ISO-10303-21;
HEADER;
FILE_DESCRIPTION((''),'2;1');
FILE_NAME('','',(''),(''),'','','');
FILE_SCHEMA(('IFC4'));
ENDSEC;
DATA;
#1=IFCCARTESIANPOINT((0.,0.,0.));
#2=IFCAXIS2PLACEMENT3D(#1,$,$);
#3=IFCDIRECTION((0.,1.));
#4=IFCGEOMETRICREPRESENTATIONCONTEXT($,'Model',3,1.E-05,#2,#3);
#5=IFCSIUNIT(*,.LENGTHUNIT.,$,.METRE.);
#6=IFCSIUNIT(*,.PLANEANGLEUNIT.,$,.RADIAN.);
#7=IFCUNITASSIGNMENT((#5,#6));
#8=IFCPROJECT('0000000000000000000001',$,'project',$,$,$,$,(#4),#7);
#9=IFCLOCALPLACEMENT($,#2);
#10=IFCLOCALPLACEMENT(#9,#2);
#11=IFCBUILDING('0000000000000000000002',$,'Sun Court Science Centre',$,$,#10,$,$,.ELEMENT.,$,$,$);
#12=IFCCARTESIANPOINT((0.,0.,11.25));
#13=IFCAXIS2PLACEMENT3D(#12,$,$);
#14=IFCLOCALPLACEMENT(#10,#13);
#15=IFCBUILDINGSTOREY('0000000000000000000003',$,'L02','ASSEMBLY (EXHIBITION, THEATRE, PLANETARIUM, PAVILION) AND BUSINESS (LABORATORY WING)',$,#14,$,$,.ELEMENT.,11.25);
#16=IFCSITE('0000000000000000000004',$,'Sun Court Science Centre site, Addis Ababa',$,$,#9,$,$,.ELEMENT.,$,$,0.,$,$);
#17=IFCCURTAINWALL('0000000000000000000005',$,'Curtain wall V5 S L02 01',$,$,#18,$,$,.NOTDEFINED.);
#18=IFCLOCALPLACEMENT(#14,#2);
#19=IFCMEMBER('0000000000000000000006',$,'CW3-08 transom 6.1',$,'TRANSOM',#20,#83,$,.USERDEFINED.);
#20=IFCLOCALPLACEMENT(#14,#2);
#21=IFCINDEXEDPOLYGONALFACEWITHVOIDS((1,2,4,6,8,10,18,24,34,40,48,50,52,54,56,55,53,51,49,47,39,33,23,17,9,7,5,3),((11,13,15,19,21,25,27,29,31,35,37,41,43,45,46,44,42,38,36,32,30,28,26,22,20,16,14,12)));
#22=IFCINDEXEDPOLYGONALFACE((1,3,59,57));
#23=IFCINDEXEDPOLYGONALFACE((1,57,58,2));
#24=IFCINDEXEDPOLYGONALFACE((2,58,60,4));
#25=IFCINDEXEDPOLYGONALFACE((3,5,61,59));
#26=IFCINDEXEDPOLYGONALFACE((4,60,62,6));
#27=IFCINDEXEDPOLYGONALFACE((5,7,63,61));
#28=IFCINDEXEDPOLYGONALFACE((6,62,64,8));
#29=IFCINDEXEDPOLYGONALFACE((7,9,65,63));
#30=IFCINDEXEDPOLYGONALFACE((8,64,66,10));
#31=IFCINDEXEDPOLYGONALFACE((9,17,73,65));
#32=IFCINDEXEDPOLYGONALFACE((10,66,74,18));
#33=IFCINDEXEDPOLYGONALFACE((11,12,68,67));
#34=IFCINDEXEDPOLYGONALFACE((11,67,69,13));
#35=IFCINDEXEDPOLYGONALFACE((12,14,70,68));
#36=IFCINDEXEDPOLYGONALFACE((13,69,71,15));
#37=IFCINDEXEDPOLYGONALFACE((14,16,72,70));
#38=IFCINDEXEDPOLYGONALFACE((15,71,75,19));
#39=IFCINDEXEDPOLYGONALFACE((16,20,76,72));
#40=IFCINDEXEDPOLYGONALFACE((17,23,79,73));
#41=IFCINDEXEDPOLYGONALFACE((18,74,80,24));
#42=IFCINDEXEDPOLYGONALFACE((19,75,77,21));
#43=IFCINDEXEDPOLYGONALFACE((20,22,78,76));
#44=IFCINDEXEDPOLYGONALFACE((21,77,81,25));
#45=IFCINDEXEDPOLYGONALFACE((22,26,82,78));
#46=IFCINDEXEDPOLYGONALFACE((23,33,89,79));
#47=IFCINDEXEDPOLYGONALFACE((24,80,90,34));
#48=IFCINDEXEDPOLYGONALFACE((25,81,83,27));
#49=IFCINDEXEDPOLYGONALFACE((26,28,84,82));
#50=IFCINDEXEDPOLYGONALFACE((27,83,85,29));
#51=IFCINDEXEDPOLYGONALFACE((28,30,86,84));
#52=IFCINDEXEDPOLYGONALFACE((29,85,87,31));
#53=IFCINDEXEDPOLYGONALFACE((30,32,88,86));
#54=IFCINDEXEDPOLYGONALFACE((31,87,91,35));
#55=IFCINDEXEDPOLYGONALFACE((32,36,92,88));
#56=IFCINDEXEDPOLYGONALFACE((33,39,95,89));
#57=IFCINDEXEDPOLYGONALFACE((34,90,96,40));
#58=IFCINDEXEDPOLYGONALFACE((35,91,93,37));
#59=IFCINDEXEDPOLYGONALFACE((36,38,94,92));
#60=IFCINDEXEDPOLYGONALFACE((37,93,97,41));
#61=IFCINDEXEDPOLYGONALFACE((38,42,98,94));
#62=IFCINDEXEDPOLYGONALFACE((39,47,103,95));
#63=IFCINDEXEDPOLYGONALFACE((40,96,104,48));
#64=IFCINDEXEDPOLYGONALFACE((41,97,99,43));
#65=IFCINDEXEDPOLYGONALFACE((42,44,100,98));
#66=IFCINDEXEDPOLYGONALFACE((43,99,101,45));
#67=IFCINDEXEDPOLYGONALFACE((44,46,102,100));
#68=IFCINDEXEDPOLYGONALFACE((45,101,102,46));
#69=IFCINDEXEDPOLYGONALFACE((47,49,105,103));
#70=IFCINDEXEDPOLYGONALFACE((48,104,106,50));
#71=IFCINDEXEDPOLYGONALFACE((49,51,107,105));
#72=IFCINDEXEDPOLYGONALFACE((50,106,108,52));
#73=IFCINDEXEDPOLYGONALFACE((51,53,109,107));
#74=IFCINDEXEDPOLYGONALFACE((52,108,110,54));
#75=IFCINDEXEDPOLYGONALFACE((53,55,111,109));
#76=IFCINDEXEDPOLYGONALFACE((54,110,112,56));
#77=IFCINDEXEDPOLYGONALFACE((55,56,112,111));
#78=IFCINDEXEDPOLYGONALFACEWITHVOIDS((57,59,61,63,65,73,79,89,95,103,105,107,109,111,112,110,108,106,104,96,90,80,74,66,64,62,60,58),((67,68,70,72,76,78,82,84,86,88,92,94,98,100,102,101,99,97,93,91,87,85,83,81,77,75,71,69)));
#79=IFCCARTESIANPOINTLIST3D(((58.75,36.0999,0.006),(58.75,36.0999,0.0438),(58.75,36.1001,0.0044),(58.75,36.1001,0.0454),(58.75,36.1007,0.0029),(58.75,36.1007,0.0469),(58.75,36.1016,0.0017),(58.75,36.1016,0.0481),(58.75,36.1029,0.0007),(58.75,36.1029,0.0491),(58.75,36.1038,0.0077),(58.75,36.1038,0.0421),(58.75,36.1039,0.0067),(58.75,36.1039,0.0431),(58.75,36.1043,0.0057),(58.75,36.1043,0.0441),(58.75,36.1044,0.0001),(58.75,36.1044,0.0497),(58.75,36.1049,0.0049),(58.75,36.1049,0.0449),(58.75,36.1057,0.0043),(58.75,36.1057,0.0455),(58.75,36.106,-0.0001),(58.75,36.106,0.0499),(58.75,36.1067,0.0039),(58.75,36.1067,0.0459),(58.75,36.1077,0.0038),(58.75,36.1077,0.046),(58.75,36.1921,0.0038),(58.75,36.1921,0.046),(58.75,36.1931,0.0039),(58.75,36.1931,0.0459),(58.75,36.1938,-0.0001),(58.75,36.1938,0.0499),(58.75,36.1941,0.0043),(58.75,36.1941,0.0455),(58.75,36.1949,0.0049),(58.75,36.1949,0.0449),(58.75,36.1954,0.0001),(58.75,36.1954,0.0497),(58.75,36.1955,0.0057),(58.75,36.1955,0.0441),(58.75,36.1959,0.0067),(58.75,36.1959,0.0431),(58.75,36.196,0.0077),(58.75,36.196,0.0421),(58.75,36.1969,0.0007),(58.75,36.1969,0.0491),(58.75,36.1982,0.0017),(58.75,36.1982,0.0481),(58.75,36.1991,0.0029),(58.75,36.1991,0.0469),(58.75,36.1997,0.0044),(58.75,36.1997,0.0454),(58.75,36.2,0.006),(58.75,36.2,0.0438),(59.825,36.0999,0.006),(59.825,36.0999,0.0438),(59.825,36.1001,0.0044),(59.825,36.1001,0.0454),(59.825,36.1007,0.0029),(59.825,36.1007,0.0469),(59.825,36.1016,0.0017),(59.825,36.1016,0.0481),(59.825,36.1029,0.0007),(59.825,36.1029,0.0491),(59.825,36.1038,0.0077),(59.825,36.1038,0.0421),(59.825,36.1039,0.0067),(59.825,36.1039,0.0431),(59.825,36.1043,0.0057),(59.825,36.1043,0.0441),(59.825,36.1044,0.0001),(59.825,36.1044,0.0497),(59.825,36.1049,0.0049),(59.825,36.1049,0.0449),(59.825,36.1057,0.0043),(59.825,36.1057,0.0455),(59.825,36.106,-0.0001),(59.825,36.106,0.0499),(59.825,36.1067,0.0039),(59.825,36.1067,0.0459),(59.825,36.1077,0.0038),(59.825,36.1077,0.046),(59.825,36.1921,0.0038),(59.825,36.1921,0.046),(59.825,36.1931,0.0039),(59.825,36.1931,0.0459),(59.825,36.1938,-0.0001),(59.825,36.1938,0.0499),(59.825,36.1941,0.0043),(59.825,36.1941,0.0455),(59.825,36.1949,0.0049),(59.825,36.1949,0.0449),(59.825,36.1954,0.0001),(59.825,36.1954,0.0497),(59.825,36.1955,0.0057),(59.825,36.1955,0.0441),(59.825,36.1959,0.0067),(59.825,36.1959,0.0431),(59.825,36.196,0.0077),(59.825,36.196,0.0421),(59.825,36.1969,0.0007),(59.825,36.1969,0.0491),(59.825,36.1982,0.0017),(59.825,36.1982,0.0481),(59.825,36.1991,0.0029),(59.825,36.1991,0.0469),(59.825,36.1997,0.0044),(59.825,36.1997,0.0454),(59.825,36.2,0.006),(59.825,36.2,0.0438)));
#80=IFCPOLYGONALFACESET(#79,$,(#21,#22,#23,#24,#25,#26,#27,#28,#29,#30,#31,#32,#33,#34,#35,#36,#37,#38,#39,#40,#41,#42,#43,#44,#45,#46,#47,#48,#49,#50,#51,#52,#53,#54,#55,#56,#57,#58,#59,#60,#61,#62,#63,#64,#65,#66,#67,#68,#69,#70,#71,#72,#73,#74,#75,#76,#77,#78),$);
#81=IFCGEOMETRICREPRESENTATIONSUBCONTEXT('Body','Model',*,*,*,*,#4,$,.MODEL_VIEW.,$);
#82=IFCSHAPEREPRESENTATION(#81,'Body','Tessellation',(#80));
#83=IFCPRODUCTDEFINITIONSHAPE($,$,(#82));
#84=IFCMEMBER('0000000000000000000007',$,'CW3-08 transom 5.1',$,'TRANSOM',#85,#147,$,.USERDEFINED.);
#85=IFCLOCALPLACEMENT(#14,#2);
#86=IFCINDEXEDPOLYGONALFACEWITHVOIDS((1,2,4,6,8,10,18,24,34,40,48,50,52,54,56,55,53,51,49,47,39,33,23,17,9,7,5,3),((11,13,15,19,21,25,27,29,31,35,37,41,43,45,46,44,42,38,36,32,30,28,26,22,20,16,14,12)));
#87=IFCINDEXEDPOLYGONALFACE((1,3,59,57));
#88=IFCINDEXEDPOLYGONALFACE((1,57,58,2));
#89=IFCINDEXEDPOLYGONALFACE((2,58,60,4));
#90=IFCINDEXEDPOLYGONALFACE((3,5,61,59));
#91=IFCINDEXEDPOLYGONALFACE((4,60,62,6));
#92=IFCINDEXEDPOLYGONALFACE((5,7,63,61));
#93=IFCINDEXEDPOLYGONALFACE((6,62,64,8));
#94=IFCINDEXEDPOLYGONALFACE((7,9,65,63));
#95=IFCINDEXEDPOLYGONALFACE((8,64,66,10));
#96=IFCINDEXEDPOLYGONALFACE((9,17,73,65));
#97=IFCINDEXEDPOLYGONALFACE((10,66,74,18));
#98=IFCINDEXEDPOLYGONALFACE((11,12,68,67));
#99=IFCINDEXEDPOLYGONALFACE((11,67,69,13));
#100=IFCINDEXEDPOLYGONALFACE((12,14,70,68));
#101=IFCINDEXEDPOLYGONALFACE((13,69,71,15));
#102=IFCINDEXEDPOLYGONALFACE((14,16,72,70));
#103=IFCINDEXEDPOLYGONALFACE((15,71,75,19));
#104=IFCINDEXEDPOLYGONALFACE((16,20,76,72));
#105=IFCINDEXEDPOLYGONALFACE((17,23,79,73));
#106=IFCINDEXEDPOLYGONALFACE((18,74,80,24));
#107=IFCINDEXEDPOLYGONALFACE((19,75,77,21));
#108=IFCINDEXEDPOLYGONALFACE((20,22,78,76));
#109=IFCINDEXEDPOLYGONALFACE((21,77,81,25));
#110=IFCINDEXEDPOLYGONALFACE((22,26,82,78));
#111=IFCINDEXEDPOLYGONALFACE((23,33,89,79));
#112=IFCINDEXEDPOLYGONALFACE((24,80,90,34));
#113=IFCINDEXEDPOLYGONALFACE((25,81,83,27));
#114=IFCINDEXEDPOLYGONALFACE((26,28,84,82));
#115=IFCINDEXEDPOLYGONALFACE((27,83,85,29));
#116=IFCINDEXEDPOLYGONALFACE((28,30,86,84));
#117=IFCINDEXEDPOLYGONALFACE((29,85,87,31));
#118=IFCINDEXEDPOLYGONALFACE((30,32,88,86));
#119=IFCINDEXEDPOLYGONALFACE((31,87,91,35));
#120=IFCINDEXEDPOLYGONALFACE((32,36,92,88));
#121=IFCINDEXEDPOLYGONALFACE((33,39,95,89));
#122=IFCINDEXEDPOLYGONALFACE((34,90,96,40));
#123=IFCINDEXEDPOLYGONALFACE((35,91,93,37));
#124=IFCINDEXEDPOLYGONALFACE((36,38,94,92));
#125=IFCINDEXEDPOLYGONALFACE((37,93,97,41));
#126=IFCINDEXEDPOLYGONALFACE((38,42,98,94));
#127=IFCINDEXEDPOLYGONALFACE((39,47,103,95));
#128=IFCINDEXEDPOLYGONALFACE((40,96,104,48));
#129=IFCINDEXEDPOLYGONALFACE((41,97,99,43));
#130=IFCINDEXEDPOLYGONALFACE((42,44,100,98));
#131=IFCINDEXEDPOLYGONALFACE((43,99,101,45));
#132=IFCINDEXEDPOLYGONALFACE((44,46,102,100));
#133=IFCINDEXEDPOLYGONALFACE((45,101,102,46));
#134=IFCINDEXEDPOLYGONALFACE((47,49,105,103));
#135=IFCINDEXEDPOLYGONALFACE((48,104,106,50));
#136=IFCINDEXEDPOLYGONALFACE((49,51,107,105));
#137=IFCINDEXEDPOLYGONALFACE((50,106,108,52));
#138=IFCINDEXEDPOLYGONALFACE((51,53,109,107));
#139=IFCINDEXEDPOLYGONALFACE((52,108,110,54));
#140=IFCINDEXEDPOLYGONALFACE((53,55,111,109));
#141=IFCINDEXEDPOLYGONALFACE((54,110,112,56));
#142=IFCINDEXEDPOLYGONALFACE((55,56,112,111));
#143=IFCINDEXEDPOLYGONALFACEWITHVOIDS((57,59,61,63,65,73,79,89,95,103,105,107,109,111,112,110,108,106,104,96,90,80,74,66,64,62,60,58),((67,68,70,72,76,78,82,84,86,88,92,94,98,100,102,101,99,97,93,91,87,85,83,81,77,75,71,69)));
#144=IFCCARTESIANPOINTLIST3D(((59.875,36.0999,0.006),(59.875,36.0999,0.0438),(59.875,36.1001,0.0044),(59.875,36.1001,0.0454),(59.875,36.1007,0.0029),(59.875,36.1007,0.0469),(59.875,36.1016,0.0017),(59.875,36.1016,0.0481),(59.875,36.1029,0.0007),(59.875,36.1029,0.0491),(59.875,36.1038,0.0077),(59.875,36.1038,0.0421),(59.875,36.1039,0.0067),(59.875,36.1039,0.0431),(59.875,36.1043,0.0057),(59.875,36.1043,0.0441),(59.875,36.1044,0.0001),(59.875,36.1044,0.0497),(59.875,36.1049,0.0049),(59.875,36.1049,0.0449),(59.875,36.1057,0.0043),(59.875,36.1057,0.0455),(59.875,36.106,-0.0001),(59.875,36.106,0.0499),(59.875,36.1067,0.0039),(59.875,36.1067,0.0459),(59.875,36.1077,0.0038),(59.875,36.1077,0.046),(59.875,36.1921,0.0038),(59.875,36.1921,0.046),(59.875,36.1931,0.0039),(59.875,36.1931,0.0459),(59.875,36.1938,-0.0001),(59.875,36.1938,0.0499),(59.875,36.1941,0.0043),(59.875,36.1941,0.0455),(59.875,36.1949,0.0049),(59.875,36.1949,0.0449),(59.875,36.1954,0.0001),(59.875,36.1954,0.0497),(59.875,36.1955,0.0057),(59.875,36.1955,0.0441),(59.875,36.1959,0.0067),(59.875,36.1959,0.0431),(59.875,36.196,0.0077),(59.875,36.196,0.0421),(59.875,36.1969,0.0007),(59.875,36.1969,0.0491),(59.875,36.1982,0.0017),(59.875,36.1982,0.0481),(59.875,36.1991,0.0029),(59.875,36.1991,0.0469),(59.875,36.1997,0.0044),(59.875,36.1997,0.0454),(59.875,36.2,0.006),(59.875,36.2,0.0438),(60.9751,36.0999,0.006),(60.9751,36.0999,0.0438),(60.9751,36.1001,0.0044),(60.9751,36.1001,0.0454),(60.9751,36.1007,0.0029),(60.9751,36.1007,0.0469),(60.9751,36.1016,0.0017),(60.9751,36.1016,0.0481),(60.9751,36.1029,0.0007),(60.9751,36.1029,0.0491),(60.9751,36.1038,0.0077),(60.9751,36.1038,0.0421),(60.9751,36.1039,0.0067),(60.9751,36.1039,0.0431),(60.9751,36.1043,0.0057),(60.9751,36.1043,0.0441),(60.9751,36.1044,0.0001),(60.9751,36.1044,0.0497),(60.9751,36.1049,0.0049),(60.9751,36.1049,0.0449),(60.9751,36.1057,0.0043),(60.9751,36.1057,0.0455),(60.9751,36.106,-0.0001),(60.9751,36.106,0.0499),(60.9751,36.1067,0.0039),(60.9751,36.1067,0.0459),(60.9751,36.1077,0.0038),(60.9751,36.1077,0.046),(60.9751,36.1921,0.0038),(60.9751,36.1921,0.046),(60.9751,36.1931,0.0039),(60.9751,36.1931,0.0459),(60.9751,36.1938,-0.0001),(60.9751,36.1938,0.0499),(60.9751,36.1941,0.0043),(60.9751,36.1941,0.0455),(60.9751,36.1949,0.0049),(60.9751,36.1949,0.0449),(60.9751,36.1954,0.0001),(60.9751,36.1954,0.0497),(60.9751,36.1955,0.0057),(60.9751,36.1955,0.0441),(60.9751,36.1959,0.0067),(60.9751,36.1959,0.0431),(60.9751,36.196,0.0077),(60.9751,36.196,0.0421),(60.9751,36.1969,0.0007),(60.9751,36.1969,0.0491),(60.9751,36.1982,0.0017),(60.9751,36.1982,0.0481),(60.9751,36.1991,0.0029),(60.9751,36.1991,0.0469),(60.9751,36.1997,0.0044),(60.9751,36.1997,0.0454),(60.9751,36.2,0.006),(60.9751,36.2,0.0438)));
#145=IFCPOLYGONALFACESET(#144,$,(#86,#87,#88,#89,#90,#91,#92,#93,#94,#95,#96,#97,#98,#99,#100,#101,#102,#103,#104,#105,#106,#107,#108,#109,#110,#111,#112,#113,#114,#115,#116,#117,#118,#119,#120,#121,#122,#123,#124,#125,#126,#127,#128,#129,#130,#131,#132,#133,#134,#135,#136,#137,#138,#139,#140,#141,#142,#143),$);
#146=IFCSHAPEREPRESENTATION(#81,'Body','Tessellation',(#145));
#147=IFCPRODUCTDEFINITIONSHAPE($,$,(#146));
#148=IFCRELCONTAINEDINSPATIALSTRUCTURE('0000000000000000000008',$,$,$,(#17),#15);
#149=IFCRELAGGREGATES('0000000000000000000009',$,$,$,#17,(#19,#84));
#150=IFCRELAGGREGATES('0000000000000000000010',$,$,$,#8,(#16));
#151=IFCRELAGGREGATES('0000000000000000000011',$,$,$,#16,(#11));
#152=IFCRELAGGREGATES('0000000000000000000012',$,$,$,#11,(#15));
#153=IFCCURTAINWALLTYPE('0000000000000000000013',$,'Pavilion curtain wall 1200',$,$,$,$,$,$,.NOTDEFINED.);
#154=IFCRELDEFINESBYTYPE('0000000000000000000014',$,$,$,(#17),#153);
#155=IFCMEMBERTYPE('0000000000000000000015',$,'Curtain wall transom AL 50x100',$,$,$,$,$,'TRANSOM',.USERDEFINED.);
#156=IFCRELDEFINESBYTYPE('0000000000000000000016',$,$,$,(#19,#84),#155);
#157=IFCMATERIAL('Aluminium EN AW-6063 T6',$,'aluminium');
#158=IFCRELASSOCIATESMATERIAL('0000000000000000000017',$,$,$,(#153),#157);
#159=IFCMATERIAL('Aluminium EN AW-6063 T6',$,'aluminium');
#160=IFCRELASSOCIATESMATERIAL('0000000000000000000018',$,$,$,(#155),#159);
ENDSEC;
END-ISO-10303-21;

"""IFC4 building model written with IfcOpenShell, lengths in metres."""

from ifc_helpers import new_model, si_unit, direction, frame, origin, origin_2d, place, context, subcontext, project, spatial, hollow_rectangle, extrude, material, material_profile, profile_set, type_object, element, aggregate, save


model = new_model("IFC4")

# Units and contexts
model_context = context("Model", 3, precision=1e-05, world=origin(), true_north=direction((0.0, 1.0)))
body_context = subcontext(model_context, "Body", "Model", "MODEL_VIEW")
ifc_project = project(units=[si_unit("LENGTHUNIT", "METRE"), si_unit("PLANEANGLEUNIT", "RADIAN")], contexts=[model_context])

# Site, building, storey
site_placement = place(None, origin())
site = spatial("IfcSite", under=ifc_project, at=site_placement, Name="Sun Court Science Centre site, Addis Ababa", CompositionType="ELEMENT", RefElevation=0.0)
building_placement = place(site_placement, origin())
building = spatial("IfcBuilding", under=site, at=building_placement, Name="Sun Court Science Centre", CompositionType="ELEMENT")
storey_placement = place(building_placement, frame((0.0, 0.0, 11.25)))
storey = spatial("IfcBuildingStorey", under=building, at=storey_placement, Name="L02", Description="ASSEMBLY (EXHIBITION, THEATRE, PLANETARIUM, PAVILION) AND BUSINESS (LABORATORY WING)", CompositionType="ELEMENT", Elevation=11.25)

# Curtain wall
ifc_material_1 = material(Name="Aluminium EN AW-6063 T6", Category="aluminium")
curtain_wall_type_1 = type_object("IfcCurtainWallType", Name="Pavilion curtain wall 1200", PredefinedType="NOTDEFINED", material=ifc_material_1)
curtain_wall_1_placement = place(storey_placement, origin())
curtain_wall_1 = element("IfcCurtainWall", 1, at=curtain_wall_1_placement, inside=storey, type_object=curtain_wall_type_1, Name="Curtain wall V5 S L02 01", PredefinedType="NOTDEFINED")

# Members
ifc_material_2 = material(Name="Aluminium EN AW-6063 T6", Category="aluminium")
ifc_material_profile_1 = material_profile(ifc_material_2, hollow_rectangle(XDim=0.05, YDim=0.1001, WallThickness=0.0039, InnerFilletRadius=0.0039, OuterFilletRadius=0.0061, at=origin_2d()), Name="AL 50x100x4")
ifc_profile_set_1 = profile_set([ifc_material_profile_1], Name="Aluminium EN AW-6063 T6")
member_type_1 = type_object("IfcMemberType", Name="Curtain wall transom AL 50x100", ElementType="TRANSOM", PredefinedType="USERDEFINED", material=ifc_profile_set_1)
member_1_placement = place(storey_placement, frame((59.825, 36.1499, 0.0249), z_axis=(-1.0, 0.0, 0.0), x_axis=(0.0, 0.0, 1.0)))
member_1 = element("IfcMember", 2, at=member_1_placement, type_object=member_type_1, Name="CW3-08 transom 6.1", ObjectType="TRANSOM", PredefinedType="USERDEFINED", context=body_context, shape_type="SweptSolid", body=[
    extrude(hollow_rectangle(XDim=0.05, YDim=0.1001, WallThickness=0.0039, InnerFilletRadius=0.0039, OuterFilletRadius=0.0061, at=origin_2d()), origin(), (0.0, 0.0, 1.0), 1.075),
])
member_2_placement = place(storey_placement, frame((60.9751, 36.1499, 0.0249), z_axis=(-1.0, 0.0, 0.0), x_axis=(0.0, 0.0, 1.0)))
member_2 = element("IfcMember", 3, at=member_2_placement, type_object=member_type_1, Name="CW3-08 transom 5.1", ObjectType="TRANSOM", PredefinedType="USERDEFINED", context=body_context, shape_type="SweptSolid", body=[
    extrude(hollow_rectangle(XDim=0.05, YDim=0.1001, WallThickness=0.0039, InnerFilletRadius=0.0039, OuterFilletRadius=0.0061, at=origin_2d()), origin(), (0.0, 0.0, 1.0), 1.1001),
])

aggregate(curtain_wall_1, [member_1, member_2])

save(model, "model.ifc")
